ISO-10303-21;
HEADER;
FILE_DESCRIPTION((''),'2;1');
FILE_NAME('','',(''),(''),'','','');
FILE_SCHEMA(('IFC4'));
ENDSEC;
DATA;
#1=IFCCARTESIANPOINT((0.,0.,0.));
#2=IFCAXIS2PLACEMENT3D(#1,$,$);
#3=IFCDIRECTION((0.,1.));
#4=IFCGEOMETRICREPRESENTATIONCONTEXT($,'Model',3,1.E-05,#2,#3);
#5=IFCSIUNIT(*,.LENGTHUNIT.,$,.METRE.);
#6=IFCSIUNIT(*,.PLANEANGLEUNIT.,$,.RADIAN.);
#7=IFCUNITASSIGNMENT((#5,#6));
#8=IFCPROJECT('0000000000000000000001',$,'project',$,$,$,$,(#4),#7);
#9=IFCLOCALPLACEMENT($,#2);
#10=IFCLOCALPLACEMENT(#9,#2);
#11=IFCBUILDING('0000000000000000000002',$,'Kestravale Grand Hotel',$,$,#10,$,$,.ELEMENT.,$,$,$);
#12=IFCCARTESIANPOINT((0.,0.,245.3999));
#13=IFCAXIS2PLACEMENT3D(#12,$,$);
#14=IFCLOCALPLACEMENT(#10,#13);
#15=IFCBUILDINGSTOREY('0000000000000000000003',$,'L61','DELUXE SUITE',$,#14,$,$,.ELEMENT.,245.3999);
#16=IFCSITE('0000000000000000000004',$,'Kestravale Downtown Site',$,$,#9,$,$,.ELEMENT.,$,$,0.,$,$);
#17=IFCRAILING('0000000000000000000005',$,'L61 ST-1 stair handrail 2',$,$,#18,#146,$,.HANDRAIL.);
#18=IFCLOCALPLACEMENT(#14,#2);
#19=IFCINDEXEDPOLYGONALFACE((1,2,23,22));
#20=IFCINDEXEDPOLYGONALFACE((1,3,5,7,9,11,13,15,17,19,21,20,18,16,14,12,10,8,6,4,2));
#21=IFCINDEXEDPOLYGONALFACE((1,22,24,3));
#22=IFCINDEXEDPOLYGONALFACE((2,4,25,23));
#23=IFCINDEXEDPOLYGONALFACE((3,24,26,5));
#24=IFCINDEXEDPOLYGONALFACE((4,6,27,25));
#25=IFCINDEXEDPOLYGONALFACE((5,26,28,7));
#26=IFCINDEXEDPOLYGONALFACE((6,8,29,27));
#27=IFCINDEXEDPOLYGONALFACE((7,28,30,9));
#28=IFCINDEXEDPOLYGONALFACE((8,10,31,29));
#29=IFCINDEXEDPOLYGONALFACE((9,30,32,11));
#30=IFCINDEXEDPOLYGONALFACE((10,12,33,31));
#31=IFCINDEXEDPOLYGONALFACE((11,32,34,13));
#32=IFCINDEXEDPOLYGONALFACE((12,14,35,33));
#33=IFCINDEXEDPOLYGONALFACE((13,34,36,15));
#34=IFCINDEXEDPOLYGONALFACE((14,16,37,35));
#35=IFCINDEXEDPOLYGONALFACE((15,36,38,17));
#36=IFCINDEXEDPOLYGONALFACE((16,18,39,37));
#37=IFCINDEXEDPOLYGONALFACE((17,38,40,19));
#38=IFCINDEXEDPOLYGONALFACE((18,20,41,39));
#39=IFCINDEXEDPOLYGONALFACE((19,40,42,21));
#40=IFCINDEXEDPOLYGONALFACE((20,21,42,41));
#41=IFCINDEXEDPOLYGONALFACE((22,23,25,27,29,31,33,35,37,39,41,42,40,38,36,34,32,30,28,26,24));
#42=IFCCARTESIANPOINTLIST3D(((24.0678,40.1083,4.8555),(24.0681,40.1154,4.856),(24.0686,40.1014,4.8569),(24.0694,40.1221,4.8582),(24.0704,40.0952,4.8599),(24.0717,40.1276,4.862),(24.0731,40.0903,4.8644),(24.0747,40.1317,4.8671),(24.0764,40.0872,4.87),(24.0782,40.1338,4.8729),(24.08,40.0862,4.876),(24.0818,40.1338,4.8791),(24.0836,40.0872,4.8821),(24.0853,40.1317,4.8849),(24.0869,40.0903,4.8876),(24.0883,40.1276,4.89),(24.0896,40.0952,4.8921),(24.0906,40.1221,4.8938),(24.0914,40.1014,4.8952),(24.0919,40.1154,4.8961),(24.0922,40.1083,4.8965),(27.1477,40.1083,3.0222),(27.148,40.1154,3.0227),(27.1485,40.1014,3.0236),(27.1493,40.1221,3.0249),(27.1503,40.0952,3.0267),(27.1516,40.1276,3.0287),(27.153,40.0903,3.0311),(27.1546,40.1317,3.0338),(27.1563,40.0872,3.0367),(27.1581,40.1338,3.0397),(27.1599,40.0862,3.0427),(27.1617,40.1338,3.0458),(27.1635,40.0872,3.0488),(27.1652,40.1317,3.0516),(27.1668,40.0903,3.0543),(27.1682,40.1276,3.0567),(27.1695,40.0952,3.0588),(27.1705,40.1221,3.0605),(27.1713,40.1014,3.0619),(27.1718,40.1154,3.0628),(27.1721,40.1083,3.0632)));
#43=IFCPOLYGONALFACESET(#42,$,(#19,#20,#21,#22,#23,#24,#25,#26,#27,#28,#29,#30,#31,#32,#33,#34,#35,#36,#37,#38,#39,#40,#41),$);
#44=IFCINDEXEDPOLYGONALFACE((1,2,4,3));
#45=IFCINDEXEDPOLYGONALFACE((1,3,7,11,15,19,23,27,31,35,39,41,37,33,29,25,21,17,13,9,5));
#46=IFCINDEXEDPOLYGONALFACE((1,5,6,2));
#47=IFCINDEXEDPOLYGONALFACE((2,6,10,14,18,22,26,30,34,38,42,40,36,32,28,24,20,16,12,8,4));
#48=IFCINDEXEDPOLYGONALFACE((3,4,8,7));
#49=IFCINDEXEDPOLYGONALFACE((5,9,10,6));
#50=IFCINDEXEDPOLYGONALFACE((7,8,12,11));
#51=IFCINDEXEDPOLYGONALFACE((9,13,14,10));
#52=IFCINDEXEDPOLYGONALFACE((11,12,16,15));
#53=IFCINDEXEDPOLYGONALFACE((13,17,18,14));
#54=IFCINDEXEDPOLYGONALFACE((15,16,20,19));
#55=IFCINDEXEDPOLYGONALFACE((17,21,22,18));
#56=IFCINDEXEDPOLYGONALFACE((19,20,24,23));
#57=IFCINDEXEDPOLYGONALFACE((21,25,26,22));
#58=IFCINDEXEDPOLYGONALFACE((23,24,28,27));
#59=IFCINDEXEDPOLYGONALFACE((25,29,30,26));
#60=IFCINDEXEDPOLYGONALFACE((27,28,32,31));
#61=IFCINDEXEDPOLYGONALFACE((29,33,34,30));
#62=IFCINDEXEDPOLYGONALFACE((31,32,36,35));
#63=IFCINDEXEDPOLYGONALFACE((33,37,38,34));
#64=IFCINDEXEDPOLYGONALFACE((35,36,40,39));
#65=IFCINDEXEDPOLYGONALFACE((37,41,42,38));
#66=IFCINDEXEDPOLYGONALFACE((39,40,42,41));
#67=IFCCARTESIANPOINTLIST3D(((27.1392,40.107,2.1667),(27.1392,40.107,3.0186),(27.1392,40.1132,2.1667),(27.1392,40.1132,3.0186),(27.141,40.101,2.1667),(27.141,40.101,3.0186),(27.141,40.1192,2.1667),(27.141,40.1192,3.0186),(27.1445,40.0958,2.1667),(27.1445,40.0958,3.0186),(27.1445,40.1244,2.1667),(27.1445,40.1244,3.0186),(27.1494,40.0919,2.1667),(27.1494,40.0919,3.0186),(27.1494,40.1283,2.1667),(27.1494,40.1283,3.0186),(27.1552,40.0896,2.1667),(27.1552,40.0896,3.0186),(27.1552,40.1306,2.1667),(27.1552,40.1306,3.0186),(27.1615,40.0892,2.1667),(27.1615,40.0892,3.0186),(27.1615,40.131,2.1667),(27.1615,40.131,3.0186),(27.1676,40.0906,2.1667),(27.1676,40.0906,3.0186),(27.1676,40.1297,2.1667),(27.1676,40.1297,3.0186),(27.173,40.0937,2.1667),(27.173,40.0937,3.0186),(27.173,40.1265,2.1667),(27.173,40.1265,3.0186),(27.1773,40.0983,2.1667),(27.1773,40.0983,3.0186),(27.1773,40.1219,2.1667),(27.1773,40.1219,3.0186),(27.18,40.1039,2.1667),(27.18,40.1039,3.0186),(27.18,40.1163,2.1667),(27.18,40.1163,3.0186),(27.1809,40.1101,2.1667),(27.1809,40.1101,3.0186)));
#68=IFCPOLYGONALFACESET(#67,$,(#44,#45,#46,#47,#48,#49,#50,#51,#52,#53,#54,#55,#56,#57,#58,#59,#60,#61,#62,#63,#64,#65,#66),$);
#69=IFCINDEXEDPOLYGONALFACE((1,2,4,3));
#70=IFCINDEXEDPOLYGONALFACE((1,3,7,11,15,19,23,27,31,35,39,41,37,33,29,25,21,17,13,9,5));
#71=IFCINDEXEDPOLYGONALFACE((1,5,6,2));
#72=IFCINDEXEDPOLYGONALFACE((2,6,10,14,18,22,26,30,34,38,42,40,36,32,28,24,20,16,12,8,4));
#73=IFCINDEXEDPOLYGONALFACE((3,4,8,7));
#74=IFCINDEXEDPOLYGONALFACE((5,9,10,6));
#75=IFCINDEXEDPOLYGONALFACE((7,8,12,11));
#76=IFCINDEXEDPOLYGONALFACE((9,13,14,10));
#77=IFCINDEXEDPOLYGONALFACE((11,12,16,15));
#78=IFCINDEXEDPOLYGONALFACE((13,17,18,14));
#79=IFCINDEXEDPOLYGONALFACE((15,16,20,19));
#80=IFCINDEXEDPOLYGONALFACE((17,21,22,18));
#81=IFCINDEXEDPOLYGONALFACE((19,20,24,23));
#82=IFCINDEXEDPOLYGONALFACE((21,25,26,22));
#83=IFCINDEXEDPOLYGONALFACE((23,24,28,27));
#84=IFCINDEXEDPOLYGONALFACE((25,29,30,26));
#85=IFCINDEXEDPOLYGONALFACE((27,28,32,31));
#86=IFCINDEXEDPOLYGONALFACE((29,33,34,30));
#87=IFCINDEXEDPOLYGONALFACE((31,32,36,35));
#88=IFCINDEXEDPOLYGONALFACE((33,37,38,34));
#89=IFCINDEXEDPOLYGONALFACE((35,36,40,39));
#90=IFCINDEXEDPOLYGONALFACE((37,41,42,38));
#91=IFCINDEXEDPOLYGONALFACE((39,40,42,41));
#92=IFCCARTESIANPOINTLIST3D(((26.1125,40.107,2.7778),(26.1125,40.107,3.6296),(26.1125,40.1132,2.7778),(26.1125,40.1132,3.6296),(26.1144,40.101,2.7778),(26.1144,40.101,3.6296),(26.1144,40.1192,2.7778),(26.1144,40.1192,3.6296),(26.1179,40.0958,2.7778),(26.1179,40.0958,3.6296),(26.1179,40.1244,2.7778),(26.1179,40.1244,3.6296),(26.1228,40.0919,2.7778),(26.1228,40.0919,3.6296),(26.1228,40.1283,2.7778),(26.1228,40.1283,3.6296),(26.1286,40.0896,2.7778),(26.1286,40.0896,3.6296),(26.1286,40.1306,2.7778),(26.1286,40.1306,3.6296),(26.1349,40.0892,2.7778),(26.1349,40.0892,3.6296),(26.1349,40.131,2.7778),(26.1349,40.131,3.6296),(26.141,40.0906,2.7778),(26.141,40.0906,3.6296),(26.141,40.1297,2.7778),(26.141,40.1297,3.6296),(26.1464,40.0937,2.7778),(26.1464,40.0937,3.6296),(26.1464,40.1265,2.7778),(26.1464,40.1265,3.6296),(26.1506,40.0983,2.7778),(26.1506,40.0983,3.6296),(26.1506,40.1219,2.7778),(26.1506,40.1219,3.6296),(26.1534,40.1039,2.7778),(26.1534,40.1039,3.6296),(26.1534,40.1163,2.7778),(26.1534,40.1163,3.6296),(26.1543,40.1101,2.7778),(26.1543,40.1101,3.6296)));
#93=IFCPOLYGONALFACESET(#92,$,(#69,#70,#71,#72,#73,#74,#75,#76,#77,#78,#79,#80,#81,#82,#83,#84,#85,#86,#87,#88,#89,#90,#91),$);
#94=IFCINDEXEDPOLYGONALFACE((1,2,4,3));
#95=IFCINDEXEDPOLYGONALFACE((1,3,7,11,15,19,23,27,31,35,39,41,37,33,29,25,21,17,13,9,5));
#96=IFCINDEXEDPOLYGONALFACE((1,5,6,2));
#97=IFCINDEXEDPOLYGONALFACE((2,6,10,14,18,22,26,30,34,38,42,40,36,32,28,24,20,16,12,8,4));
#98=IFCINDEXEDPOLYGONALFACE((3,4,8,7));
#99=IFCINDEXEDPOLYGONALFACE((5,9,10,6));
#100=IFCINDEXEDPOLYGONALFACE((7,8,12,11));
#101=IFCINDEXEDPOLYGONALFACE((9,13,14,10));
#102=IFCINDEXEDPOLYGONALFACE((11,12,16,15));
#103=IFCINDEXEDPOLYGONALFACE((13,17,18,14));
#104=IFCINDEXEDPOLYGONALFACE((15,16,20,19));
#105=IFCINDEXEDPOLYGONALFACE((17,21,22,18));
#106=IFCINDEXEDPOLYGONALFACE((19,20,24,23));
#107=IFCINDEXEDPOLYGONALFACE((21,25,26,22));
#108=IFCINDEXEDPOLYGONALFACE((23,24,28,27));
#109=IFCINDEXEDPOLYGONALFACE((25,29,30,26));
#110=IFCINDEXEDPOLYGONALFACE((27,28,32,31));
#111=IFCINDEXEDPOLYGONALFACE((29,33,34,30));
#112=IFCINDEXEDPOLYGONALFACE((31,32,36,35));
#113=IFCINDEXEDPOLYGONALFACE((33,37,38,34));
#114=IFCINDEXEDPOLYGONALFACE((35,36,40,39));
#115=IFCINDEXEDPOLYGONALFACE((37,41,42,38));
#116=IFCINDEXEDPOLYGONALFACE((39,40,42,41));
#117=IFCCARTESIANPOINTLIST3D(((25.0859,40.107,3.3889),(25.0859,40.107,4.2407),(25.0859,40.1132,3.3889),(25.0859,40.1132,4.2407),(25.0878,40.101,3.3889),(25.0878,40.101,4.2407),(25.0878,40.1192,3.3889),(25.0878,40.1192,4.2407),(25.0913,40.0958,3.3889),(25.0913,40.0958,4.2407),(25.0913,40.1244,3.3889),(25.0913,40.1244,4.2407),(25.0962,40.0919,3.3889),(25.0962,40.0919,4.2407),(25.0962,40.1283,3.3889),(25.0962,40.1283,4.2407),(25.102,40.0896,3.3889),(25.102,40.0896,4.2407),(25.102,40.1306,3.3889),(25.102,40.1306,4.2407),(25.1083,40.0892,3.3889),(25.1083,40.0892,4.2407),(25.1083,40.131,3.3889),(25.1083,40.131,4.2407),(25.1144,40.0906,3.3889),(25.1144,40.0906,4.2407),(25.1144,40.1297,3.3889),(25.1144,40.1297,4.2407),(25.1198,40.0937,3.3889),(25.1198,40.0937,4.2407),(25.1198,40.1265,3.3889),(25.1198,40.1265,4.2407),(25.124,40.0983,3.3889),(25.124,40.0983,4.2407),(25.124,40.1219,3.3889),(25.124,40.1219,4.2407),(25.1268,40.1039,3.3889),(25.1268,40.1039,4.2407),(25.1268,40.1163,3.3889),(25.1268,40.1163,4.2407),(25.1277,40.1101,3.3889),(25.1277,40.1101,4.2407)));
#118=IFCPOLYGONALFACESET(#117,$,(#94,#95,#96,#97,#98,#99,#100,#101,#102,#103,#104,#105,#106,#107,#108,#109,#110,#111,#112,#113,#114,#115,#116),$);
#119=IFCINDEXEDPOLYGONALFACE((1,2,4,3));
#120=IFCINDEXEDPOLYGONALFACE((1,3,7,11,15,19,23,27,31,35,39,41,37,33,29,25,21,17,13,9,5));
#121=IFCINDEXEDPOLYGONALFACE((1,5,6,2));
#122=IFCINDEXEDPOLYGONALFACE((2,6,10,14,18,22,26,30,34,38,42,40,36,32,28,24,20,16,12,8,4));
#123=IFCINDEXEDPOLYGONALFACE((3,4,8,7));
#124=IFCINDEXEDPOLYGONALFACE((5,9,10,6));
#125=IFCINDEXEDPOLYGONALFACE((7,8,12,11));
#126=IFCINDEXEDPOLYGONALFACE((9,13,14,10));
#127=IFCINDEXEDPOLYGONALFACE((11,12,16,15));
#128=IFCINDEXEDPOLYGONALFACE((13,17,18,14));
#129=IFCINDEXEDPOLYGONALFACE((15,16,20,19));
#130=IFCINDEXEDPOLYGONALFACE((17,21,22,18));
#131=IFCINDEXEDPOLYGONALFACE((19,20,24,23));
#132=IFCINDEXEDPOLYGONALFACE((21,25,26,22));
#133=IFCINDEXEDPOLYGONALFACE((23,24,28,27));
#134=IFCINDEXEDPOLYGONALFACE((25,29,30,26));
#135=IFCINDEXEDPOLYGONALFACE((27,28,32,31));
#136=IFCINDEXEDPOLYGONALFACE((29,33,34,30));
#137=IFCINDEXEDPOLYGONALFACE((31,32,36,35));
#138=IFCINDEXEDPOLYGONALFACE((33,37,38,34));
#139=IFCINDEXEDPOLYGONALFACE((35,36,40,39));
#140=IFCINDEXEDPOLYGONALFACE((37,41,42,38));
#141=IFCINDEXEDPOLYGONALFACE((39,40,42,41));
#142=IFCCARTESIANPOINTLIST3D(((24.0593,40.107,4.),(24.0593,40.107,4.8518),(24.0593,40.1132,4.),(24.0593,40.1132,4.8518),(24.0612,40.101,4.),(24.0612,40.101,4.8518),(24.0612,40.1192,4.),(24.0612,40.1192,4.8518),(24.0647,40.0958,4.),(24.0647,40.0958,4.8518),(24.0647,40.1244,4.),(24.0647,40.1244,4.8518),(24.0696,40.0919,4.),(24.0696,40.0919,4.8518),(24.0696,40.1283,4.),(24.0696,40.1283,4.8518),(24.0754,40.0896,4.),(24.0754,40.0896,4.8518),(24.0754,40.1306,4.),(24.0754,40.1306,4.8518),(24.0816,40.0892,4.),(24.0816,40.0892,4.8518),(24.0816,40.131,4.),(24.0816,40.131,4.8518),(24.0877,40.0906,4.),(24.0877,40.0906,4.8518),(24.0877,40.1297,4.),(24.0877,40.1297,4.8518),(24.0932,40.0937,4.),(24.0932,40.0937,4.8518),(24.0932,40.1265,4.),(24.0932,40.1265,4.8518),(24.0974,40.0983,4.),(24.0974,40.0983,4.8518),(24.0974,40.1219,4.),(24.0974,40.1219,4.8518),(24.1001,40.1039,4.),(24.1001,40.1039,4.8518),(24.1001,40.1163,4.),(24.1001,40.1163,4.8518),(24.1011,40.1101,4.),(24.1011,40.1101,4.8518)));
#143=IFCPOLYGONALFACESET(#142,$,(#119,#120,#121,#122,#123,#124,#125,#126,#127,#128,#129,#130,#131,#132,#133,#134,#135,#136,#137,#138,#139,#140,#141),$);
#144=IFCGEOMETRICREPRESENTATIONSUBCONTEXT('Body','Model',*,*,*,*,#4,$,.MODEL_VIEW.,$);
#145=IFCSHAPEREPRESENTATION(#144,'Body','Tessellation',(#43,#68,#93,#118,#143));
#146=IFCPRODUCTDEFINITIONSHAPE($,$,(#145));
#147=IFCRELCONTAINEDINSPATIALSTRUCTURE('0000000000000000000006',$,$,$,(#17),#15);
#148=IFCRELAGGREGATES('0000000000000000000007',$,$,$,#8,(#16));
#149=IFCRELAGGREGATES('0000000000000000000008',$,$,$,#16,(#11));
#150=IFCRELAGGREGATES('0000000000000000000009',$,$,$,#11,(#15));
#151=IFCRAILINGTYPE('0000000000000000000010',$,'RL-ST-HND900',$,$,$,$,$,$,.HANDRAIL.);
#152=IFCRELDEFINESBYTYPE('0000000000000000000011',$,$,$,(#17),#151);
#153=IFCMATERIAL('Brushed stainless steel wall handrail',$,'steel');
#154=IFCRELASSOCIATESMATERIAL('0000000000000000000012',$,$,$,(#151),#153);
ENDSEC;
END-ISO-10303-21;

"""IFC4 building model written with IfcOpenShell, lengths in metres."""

from ifc_helpers import new_model, si_unit, direction, frame, origin, origin_2d, place, context, subcontext, project, spatial, circle, extrude, material, type_object, element, save


model = new_model("IFC4")

# Units and contexts
model_context = context("Model", 3, precision=1e-05, world=origin(), true_north=direction((0.0, 1.0)))
body_context = subcontext(model_context, "Body", "Model", "MODEL_VIEW")
ifc_project = project(units=[si_unit("LENGTHUNIT", "METRE"), si_unit("PLANEANGLEUNIT", "RADIAN")], contexts=[model_context])

# Site, building, storey
site_placement = place(None, origin())
site = spatial("IfcSite", under=ifc_project, at=site_placement, Name="Kestravale Downtown Site", CompositionType="ELEMENT", RefElevation=0.0)
building_placement = place(site_placement, origin())
building = spatial("IfcBuilding", under=site, at=building_placement, Name="Kestravale Grand Hotel", CompositionType="ELEMENT")
storey_placement = place(building_placement, frame((0.0, 0.0, 245.3999)))
storey = spatial("IfcBuildingStorey", under=building, at=storey_placement, Name="L61", Description="DELUXE SUITE", CompositionType="ELEMENT", Elevation=245.3999)

# Railing
ifc_material_1 = material(Name="Brushed stainless steel wall handrail", Category="steel")
railing_type_1 = type_object("IfcRailingType", Name="RL-ST-HND900", PredefinedType="HANDRAIL", material=ifc_material_1)
railing_1_placement = place(storey_placement, frame((27.1599, 40.1101, 2.1667)))
element("IfcRailing", 1, at=railing_1_placement, inside=storey, type_object=railing_type_1, Name="L61 ST-1 stair handrail 2", PredefinedType="HANDRAIL", context=body_context, shape_type="SweptSolid", body=[
    extrude(circle(Radius=0.0239, at=origin_2d()), frame((0.0, 0.0, 0.876), z_axis=(-0.859291, 0.0, 0.511487), x_axis=(0.0, -1.0, 0.0)), (0.0, 0.0, 1.0), 3.5842),
    extrude(circle(Radius=0.021, at=origin_2d()), origin(), (0.0, 0.0, 1.0), 0.8518),
    extrude(circle(Radius=0.021, at=origin_2d()), frame((-1.0266, 0.0, 0.6111)), (0.0, 0.0, 1.0), 0.8518),
    extrude(circle(Radius=0.021, at=origin_2d()), frame((-2.0532, 0.0, 1.2222)), (0.0, 0.0, 1.0), 0.8518),
    extrude(circle(Radius=0.021, at=origin_2d()), frame((-3.0798, 0.0, 1.8333)), (0.0, 0.0, 1.0), 0.8518),
])

save(model, "model.ifc")
